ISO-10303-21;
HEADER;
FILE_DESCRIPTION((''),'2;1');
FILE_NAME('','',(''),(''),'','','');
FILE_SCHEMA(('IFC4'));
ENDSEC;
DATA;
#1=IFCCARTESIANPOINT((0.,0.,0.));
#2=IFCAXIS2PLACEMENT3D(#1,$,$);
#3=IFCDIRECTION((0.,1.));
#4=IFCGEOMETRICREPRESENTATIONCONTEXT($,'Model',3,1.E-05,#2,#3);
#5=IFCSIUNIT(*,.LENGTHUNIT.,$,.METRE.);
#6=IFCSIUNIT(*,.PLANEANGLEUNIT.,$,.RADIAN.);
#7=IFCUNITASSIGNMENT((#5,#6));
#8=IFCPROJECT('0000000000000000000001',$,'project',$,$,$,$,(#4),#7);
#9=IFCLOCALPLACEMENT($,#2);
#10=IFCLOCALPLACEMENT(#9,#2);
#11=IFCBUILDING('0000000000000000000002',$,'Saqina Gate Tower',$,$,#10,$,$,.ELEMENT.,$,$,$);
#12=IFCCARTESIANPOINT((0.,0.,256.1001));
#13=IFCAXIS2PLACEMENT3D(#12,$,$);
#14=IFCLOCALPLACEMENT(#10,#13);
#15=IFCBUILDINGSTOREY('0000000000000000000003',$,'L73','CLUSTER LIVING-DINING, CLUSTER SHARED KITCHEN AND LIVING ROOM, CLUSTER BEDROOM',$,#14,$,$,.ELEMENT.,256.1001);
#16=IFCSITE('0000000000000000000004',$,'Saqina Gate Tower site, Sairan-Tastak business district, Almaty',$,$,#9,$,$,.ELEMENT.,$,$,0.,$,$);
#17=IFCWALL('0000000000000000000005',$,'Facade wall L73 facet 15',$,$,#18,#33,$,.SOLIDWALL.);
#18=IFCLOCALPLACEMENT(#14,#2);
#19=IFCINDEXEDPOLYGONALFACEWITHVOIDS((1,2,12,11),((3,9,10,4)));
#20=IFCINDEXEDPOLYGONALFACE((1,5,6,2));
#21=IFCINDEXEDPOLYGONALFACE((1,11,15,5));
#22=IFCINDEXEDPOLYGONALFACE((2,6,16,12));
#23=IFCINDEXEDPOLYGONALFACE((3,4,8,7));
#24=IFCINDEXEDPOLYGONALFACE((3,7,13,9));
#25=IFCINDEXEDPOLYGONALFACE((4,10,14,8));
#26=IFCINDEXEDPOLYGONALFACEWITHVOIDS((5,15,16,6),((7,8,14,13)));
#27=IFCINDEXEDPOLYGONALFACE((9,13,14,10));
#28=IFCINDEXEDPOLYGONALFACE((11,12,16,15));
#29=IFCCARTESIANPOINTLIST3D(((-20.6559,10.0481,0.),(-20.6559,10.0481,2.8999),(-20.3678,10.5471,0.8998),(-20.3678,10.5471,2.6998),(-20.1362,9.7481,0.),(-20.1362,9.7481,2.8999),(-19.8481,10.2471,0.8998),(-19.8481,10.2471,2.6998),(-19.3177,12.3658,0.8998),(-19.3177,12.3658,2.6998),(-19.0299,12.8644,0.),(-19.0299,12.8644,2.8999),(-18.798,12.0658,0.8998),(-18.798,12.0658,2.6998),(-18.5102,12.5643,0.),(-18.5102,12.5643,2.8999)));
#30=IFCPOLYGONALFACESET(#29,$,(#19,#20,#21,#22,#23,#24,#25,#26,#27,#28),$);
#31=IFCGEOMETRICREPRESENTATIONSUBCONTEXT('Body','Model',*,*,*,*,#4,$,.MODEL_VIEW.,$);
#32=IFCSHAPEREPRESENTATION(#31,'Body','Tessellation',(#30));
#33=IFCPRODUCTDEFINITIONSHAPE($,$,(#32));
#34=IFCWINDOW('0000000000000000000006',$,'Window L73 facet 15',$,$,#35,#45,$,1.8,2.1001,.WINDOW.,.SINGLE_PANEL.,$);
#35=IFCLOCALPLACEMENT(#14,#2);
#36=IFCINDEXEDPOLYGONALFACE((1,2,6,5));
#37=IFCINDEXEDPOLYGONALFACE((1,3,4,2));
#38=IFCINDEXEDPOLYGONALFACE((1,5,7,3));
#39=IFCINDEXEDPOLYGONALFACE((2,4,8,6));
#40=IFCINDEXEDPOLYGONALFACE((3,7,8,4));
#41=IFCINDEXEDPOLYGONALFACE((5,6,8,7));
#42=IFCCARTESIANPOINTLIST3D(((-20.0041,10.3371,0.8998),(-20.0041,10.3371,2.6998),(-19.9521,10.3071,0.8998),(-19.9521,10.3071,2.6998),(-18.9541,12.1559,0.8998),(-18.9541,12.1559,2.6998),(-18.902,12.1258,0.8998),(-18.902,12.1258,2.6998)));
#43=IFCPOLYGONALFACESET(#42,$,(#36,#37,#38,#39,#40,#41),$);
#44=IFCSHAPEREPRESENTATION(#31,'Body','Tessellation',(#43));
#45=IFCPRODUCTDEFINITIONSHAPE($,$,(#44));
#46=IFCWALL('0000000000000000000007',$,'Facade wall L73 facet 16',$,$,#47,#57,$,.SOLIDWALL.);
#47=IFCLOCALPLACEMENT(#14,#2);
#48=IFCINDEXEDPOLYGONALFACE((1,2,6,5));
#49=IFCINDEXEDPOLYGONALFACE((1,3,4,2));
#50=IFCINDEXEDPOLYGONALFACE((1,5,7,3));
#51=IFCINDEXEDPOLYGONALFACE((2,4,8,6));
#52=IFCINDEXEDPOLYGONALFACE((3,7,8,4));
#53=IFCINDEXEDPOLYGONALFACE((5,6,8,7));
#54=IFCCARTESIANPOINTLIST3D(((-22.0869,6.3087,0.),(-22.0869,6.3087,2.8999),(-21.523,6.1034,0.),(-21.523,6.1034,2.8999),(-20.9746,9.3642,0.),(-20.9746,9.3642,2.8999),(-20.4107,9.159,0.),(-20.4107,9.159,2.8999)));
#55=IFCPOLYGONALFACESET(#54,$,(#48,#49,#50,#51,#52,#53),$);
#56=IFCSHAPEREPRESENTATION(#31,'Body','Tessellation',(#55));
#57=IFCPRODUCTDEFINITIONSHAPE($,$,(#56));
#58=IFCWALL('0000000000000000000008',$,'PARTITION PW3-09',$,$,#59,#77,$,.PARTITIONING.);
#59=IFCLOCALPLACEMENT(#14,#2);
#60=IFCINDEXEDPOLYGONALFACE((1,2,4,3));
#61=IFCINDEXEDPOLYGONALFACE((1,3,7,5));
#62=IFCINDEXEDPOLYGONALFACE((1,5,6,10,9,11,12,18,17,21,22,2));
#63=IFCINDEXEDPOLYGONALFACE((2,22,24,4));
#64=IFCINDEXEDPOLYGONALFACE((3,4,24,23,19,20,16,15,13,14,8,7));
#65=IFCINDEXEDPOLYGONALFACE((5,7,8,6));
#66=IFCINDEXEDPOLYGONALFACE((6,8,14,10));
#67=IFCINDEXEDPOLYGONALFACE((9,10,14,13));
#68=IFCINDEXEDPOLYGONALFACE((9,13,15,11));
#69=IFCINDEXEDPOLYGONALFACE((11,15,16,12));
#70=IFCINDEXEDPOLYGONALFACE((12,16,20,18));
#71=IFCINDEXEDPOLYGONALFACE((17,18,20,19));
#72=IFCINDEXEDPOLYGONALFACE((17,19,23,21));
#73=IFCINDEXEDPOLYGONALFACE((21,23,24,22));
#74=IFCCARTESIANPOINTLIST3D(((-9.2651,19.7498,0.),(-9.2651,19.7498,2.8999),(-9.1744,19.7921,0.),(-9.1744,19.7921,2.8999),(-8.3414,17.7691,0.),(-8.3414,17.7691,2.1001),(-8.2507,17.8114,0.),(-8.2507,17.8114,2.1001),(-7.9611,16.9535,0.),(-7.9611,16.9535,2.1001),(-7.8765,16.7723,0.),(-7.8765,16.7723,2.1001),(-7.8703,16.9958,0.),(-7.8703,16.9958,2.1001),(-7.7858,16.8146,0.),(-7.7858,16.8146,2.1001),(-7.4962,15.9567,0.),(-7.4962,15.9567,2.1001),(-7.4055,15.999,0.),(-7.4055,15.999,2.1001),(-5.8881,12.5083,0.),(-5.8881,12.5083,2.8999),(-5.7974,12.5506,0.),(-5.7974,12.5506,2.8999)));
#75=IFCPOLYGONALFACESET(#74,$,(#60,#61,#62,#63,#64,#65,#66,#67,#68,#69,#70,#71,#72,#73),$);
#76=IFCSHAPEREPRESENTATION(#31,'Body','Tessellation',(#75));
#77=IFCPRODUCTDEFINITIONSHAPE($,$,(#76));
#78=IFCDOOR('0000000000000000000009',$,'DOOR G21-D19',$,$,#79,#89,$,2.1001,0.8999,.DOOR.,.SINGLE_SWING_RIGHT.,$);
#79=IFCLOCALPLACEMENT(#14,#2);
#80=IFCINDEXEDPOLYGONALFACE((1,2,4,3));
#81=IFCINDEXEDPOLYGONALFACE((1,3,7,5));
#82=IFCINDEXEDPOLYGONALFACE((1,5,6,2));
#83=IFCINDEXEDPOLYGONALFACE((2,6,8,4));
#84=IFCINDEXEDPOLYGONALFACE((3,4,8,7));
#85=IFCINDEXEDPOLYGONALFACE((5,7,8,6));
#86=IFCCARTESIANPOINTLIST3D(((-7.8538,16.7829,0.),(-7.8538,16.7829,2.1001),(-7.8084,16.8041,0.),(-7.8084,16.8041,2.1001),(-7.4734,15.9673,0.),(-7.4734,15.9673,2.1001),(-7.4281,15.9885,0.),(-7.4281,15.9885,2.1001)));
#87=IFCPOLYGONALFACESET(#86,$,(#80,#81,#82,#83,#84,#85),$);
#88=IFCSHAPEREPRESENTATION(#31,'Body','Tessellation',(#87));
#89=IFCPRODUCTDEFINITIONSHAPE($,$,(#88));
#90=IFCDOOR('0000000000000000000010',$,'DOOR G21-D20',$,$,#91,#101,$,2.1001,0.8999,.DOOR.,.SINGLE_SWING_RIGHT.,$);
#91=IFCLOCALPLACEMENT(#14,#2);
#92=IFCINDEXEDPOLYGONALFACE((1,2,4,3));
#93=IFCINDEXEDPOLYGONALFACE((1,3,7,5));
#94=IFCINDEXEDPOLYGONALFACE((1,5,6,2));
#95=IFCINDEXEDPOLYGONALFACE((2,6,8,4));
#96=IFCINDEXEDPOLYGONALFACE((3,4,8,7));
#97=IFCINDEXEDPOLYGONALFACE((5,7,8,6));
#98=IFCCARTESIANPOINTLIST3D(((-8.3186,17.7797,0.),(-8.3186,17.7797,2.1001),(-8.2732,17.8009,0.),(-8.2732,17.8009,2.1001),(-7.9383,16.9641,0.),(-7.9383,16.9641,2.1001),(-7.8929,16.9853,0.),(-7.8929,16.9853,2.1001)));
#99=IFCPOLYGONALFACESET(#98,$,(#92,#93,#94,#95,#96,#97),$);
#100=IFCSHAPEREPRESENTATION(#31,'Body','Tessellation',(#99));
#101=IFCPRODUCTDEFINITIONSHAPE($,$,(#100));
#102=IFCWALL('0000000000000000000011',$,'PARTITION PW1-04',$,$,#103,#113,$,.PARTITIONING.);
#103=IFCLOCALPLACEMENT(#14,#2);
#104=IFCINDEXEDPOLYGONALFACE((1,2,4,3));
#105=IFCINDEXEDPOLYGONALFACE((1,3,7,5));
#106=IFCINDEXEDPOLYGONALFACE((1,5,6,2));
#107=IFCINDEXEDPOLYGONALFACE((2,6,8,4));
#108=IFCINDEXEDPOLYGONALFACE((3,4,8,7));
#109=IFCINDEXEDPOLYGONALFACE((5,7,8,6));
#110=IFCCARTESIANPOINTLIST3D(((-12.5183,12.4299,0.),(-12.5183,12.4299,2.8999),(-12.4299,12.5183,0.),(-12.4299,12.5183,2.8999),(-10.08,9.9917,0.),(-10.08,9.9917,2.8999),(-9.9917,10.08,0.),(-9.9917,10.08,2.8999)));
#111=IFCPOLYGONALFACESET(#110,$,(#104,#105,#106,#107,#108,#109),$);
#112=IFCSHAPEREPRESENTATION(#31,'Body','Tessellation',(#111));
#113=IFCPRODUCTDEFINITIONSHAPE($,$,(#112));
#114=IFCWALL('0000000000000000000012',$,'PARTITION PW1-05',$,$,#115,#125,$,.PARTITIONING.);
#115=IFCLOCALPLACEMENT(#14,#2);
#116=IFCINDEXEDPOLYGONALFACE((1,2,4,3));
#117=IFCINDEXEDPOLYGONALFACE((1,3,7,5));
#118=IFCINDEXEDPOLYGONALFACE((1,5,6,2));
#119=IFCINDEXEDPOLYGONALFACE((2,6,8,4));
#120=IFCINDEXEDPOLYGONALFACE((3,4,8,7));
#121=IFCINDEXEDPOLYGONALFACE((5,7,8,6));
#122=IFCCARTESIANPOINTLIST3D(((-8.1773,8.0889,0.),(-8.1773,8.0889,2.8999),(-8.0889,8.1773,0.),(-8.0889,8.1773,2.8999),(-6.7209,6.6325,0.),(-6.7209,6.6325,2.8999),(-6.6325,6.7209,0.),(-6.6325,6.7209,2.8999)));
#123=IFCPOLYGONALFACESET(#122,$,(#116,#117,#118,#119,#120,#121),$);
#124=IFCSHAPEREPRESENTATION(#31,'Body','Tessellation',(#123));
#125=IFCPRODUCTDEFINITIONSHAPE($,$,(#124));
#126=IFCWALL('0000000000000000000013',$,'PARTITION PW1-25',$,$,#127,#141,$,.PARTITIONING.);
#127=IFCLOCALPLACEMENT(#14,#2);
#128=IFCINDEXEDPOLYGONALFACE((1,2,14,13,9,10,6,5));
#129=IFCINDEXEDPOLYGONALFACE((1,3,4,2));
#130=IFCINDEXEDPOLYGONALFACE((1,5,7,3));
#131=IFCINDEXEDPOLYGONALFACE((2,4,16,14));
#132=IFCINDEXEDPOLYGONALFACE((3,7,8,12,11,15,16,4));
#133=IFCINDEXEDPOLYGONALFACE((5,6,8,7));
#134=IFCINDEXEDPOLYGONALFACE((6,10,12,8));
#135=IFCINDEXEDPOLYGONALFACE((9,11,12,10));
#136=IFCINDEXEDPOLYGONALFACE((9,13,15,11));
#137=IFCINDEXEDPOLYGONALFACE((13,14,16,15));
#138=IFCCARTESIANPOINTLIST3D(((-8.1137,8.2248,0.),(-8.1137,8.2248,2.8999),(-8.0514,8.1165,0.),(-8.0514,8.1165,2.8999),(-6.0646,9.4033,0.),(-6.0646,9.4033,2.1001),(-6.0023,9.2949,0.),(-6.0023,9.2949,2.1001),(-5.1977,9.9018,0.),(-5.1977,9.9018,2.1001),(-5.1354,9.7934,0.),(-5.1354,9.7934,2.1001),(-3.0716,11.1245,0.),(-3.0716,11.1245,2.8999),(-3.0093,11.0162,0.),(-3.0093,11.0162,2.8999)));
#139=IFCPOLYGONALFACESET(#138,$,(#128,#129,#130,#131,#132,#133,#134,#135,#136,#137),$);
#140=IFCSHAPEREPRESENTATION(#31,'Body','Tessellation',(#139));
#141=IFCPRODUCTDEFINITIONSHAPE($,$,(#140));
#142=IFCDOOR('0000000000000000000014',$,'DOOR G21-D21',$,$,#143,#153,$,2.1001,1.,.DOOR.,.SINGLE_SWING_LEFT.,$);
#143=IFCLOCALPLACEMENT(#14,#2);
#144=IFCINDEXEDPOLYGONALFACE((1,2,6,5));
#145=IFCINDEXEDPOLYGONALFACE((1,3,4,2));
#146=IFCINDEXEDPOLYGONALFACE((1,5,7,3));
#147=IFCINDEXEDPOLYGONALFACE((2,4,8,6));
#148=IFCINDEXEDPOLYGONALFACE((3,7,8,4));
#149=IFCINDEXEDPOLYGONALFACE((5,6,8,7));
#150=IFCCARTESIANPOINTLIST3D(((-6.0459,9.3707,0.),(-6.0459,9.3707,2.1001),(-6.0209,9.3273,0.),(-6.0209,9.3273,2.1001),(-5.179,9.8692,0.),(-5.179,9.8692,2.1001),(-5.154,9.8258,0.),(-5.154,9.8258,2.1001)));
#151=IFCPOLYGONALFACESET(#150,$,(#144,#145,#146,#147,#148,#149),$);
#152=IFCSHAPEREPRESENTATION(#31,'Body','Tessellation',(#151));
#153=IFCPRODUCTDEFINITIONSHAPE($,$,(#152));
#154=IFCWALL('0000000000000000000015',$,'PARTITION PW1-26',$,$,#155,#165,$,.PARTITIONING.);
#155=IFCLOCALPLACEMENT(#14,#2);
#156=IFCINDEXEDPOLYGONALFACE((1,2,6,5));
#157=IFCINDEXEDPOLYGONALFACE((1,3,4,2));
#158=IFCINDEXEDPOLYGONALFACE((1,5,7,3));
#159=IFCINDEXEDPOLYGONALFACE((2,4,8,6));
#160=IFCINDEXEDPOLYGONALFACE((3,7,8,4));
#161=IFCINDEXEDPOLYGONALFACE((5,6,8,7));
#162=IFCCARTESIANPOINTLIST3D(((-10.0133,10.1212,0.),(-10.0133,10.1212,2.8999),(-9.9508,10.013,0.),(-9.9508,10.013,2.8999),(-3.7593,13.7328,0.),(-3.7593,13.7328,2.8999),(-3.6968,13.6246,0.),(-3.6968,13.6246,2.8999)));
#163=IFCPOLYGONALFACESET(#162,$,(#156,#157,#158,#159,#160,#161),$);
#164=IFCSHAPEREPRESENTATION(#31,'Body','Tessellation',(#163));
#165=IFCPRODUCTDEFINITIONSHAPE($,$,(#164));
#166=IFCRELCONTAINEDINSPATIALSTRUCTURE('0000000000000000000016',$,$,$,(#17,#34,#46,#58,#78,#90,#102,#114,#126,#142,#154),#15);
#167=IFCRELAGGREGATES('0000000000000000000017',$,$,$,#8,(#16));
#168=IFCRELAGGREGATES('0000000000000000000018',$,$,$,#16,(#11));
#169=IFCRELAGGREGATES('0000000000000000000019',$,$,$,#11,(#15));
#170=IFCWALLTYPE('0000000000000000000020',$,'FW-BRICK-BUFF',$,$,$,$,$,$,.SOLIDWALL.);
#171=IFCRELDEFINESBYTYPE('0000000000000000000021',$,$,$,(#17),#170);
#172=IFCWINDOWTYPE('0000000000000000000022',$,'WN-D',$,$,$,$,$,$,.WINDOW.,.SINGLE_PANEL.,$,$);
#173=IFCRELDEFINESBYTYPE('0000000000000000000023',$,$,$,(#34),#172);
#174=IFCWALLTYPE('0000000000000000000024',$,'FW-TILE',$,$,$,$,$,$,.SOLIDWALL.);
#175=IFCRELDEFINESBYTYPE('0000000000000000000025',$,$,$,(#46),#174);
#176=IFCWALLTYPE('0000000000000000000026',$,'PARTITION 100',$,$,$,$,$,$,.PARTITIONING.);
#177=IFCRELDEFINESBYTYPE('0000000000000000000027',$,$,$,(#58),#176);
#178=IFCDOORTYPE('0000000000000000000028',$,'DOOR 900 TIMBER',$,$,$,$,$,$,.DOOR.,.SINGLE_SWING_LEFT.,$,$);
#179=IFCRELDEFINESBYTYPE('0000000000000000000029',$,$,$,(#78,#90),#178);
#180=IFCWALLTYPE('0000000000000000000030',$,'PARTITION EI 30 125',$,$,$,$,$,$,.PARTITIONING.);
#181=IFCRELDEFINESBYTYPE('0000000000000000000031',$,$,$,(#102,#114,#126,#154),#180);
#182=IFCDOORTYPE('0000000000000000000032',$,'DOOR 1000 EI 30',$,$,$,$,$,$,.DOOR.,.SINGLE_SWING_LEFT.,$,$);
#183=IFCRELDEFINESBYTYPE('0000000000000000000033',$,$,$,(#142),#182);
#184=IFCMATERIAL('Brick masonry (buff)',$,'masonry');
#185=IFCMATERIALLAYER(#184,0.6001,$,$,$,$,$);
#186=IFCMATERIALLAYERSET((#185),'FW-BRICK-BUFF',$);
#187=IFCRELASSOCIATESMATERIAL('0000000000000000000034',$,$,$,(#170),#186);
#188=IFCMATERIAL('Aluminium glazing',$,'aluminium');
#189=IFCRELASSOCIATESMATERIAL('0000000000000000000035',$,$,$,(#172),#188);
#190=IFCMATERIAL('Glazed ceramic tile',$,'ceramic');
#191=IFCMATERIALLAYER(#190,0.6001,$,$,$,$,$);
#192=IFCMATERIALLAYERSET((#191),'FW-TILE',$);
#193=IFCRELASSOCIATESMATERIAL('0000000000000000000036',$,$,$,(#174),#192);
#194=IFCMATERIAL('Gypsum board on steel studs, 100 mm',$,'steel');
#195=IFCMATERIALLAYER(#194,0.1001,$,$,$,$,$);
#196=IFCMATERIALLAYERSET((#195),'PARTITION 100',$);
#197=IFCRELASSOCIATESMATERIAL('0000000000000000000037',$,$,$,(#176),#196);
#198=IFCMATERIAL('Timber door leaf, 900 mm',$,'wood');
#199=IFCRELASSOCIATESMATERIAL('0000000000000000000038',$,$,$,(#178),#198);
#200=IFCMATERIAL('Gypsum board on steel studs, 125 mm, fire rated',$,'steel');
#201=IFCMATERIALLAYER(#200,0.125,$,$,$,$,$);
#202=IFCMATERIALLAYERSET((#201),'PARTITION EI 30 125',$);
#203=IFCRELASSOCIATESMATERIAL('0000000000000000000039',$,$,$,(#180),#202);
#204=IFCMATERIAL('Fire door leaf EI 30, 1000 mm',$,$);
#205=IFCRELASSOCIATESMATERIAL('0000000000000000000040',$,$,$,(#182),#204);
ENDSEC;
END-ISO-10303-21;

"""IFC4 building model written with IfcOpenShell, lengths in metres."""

from ifc_helpers import new_model, si_unit, direction, frame, frame_2d, origin, place, context, subcontext, project, spatial, rectangle, extrude, material, layer, layer_set, type_object, element, fill, save


model = new_model("IFC4")

# Units and contexts
model_context = context("Model", 3, precision=1e-05, world=origin(), true_north=direction((0.0, 1.0)))
body_context = subcontext(model_context, "Body", "Model", "MODEL_VIEW")
ifc_project = project(units=[si_unit("LENGTHUNIT", "METRE"), si_unit("PLANEANGLEUNIT", "RADIAN")], contexts=[model_context])

# Site, building, storey
site_placement = place(None, origin())
site = spatial("IfcSite", under=ifc_project, at=site_placement, Name="Saqina Gate Tower site, Sairan-Tastak business district, Almaty", CompositionType="ELEMENT", RefElevation=0.0)
building_placement = place(site_placement, origin())
building = spatial("IfcBuilding", under=site, at=building_placement, Name="Saqina Gate Tower", CompositionType="ELEMENT")
storey_placement = place(building_placement, frame((0.0, 0.0, 256.1001)))
storey = spatial("IfcBuildingStorey", under=building, at=storey_placement, Name="L73", Description="CLUSTER LIVING-DINING, CLUSTER SHARED KITCHEN AND LIVING ROOM, CLUSTER BEDROOM", CompositionType="ELEMENT", Elevation=256.1001)

# Wall, opening, window
ifc_material_1 = material(Name="Brick masonry (buff)", Category="masonry")
ifc_layer_1 = layer(ifc_material_1, 0.6001)
ifc_layer_set_1 = layer_set([ifc_layer_1], Name="FW-BRICK-BUFF")
wall_type_1 = type_object("IfcWallType", Name="FW-BRICK-BUFF", PredefinedType="SOLIDWALL", material=ifc_layer_set_1)
ifc_material_2 = material(Name="Aluminium glazing", Category="aluminium")
window_type = type_object("IfcWindowType", Name="WN-D", PartitioningType="SINGLE_PANEL", PredefinedType="WINDOW", material=ifc_material_2)
wall_1_placement = place(storey_placement, frame((-18.77, 12.7144, 0.0), z_axis=(0.0, 0.0, 1.0), x_axis=(-0.500015, -0.866017, 0.0)))
wall_1 = element("IfcWall", 1, at=wall_1_placement, inside=storey, type_object=wall_type_1, Name="Facade wall L73 facet 15", PredefinedType="SOLIDWALL", context=body_context, shape_type="SweptSolid", body=[
    extrude(rectangle(XDim=3.252, YDim=0.6001, at=frame_2d((1.626, 0.0))), origin(), (0.0, 0.0, 1.0), 2.8999),
])
opening_1_placement = place(wall_1_placement, frame((0.5757, 0.0, 0.8999)))
opening_1 = element("IfcOpeningElement", 2, at=opening_1_placement, cuts=wall_1, PredefinedType="OPENING", context=body_context, shape_type="SweptSolid", body=[
    extrude(rectangle(XDim=2.1001, YDim=1.8, at=frame_2d((1.05, 0.8999))), frame((0.0, 0.312, 0.0), z_axis=(0.0, -1.0, 0.0), x_axis=(1.0, 0.0, 0.0)), (0.0, 0.0, 1.0), 0.624),
])
window_1_placement = place(opening_1_placement, origin())
window_1 = element("IfcWindow", 3, at=window_1_placement, inside=storey, type_object=window_type, Name="Window L73 facet 15", OverallHeight=1.8, OverallWidth=2.1001, PartitioningType="SINGLE_PANEL", PredefinedType="WINDOW", context=body_context, shape_type="SweptSolid", body=[
    extrude(rectangle(XDim=2.1001, YDim=1.8, at=frame_2d((1.05, 0.8999))), frame((0.0, 0.1799, 0.0), z_axis=(0.0, -1.0, 0.0), x_axis=(1.0, 0.0, 0.0)), (0.0, 0.0, 1.0), 0.0601),
])
fill(opening_1, window_1)

# Wall
ifc_material_3 = material(Name="Glazed ceramic tile", Category="ceramic")
ifc_layer_2 = layer(ifc_material_3, 0.6001)
ifc_layer_set_2 = layer_set([ifc_layer_2], Name="FW-TILE")
wall_type_2 = type_object("IfcWallType", Name="FW-TILE", PredefinedType="SOLIDWALL", material=ifc_layer_set_2)
wall_2_placement = place(storey_placement, frame((-20.6926, 9.2617, 0.0), z_axis=(0.0, 0.0, 1.0), x_axis=(-0.342057, -0.939679, 0.0)))
element("IfcWall", 4, at=wall_2_placement, inside=storey, type_object=wall_type_2, Name="Facade wall L73 facet 16", PredefinedType="SOLIDWALL", context=body_context, shape_type="SweptSolid", body=[
    extrude(rectangle(XDim=3.2517, YDim=0.6001, at=frame_2d((1.626, 0.0))), origin(), (0.0, 0.0, 1.0), 2.8999),
])

# Wall, openings, doors
ifc_material_4 = material(Name="Gypsum board on steel studs, 100 mm", Category="steel")
ifc_layer_3 = layer(ifc_material_4, 0.1001)
ifc_layer_set_3 = layer_set([ifc_layer_3], Name="PARTITION 100")
wall_type_3 = type_object("IfcWallType", Name="PARTITION 100", PredefinedType="PARTITIONING", material=ifc_layer_set_3)
wall_3_placement = place(storey_placement, frame((-9.2197, 19.771, 0.0), z_axis=(0.0, 0.0, 1.0), x_axis=(0.42264, -0.906298, 0.0)))
wall_3 = element("IfcWall", 5, at=wall_3_placement, inside=storey, type_object=wall_type_3, Name="PARTITION PW3-09", PredefinedType="PARTITIONING", context=body_context, shape_type="SweptSolid", body=[
    extrude(rectangle(XDim=7.9902, YDim=0.1001, at=frame_2d((3.9951, 0.0))), origin(), (0.0, 0.0, 1.0), 2.8999),
])
opening_2_placement = place(wall_3_placement, frame((3.2854, 0.0, 0.0)))
opening_2 = element("IfcOpeningElement", 6, at=opening_2_placement, cuts=wall_3, PredefinedType="OPENING", context=body_context, shape_type="SweptSolid", body=[
    extrude(rectangle(XDim=0.8999, YDim=2.1001, at=frame_2d((0.45, 1.05))), frame((0.0, 0.062, 0.0), z_axis=(0.0, -1.0, 0.0), x_axis=(1.0, 0.0, 0.0)), (0.0, 0.0, 1.0), 0.124),
])
opening_3_placement = place(wall_3_placement, frame((2.1855, 0.0, 0.0)))
opening_3 = element("IfcOpeningElement", 7, at=opening_3_placement, cuts=wall_3, PredefinedType="OPENING", context=body_context, shape_type="SweptSolid", body=[
    extrude(rectangle(XDim=0.8999, YDim=2.1001, at=frame_2d((0.45, 1.05))), frame((0.0, 0.062, 0.0), z_axis=(0.0, -1.0, 0.0), x_axis=(1.0, 0.0, 0.0)), (0.0, 0.0, 1.0), 0.124),
])
ifc_material_5 = material(Name="Timber door leaf, 900 mm", Category="wood")
door_type_1 = type_object("IfcDoorType", Name="DOOR 900 TIMBER", OperationType="SINGLE_SWING_LEFT", PredefinedType="DOOR", material=ifc_material_5)
door_1_placement = place(opening_2_placement, frame((0.8999, 0.0, 0.0), z_axis=(0.0, 0.0, 1.0), x_axis=(-1.0, 0.0, 0.0)))
door_1 = element("IfcDoor", 8, at=door_1_placement, inside=storey, type_object=door_type_1, Name="DOOR G21-D19", OperationType="SINGLE_SWING_RIGHT", OverallHeight=2.1001, OverallWidth=0.8999, PredefinedType="DOOR", context=body_context, shape_type="SweptSolid", body=[
    extrude(rectangle(XDim=0.8999, YDim=2.1001, at=frame_2d((0.45, 1.05))), frame((0.0, 0.0249, 0.0), z_axis=(0.0, -1.0, 0.0), x_axis=(1.0, 0.0, 0.0)), (0.0, 0.0, 1.0), 0.05),
])
fill(opening_2, door_1)
door_2_placement = place(opening_3_placement, frame((0.8999, 0.0, 0.0), z_axis=(0.0, 0.0, 1.0), x_axis=(-1.0, 0.0, 0.0)))
door_2 = element("IfcDoor", 9, at=door_2_placement, inside=storey, type_object=door_type_1, Name="DOOR G21-D20", OperationType="SINGLE_SWING_RIGHT", OverallHeight=2.1001, OverallWidth=0.8999, PredefinedType="DOOR", context=body_context, shape_type="SweptSolid", body=[
    extrude(rectangle(XDim=0.8999, YDim=2.1001, at=frame_2d((0.45, 1.05))), frame((0.0, 0.0249, 0.0), z_axis=(0.0, -1.0, 0.0), x_axis=(1.0, 0.0, 0.0)), (0.0, 0.0, 1.0), 0.05),
])
fill(opening_3, door_2)

# Walls
ifc_material_6 = material(Name="Gypsum board on steel studs, 125 mm, fire rated", Category="steel")
ifc_layer_4 = layer(ifc_material_6, 0.125)
ifc_layer_set_4 = layer_set([ifc_layer_4], Name="PARTITION EI 30 125")
wall_type_4 = type_object("IfcWallType", Name="PARTITION EI 30 125", PredefinedType="PARTITIONING", material=ifc_layer_set_4)
wall_4_placement = place(storey_placement, frame((-12.4741, 12.4741, 0.0), z_axis=(0.0, 0.0, 1.0), x_axis=(0.707107, -0.707107, 0.0)))
element("IfcWall", 10, at=wall_4_placement, inside=storey, type_object=wall_type_4, Name="PARTITION PW1-04", PredefinedType="PARTITIONING", context=body_context, shape_type="SweptSolid", body=[
    extrude(rectangle(XDim=3.4482, YDim=0.125, at=frame_2d((1.7241, 0.0))), origin(), (0.0, 0.0, 1.0), 2.8999),
])
wall_5_placement = place(storey_placement, frame((-8.1331, 8.1331, 0.0), z_axis=(0.0, 0.0, 1.0), x_axis=(0.707107, -0.707107, 0.0)))
element("IfcWall", 11, at=wall_5_placement, inside=storey, type_object=wall_type_4, Name="PARTITION PW1-05", PredefinedType="PARTITIONING", context=body_context, shape_type="SweptSolid", body=[
    extrude(rectangle(XDim=2.0596, YDim=0.125, at=frame_2d((1.0298, 0.0))), origin(), (0.0, 0.0, 1.0), 2.8999),
])

# Wall, opening, door
wall_6_placement = place(storey_placement, frame((-8.0825, 8.1707, 0.0), z_axis=(0.0, 0.0, 1.0), x_axis=(0.866868, 0.498537, 0.0)))
wall_6 = element("IfcWall", 12, at=wall_6_placement, inside=storey, type_object=wall_type_4, Name="PARTITION PW1-25", PredefinedType="PARTITIONING", context=body_context, shape_type="SweptSolid", body=[
    extrude(rectangle(XDim=5.8164, YDim=0.125, at=frame_2d((2.9082, 0.0))), origin(), (0.0, 0.0, 1.0), 2.8999),
])
opening_4_placement = place(wall_6_placement, frame((2.3638, 0.0, 0.0)))
opening_4 = element("IfcOpeningElement", 13, at=opening_4_placement, cuts=wall_6, PredefinedType="OPENING", context=body_context, shape_type="SweptSolid", body=[
    extrude(rectangle(XDim=1.0, YDim=2.1001, at=frame_2d((0.5, 1.05))), frame((0.0, 0.0745, 0.0), z_axis=(0.0, -1.0, 0.0), x_axis=(1.0, 0.0, 0.0)), (0.0, 0.0, 1.0), 0.1489),
])
ifc_material_7 = material(Name="Fire door leaf EI 30, 1000 mm")
door_type_2 = type_object("IfcDoorType", Name="DOOR 1000 EI 30", OperationType="SINGLE_SWING_LEFT", PredefinedType="DOOR", material=ifc_material_7)
door_3_placement = place(opening_4_placement, origin())
door_3 = element("IfcDoor", 14, at=door_3_placement, inside=storey, type_object=door_type_2, Name="DOOR G21-D21", OperationType="SINGLE_SWING_LEFT", OverallHeight=2.1001, OverallWidth=1.0, PredefinedType="DOOR", context=body_context, shape_type="SweptSolid", body=[
    extrude(rectangle(XDim=1.0, YDim=2.1001, at=frame_2d((0.5, 1.05))), frame((0.0, 0.0249, 0.0), z_axis=(0.0, -1.0, 0.0), x_axis=(1.0, 0.0, 0.0)), (0.0, 0.0, 1.0), 0.05),
])
fill(opening_4, door_3)

# Wall
wall_7_placement = place(storey_placement, frame((-9.9819, 10.0671, 0.0), z_axis=(0.0, 0.0, 1.0), x_axis=(0.865973, 0.500091, 0.0)))
element("IfcWall", 15, at=wall_7_placement, inside=storey, type_object=wall_type_4, Name="PARTITION PW1-26", PredefinedType="PARTITIONING", context=body_context, shape_type="SweptSolid", body=[
    extrude(rectangle(XDim=7.2219, YDim=0.125, at=frame_2d((3.6108, 0.0))), origin(), (0.0, 0.0, 1.0), 2.8999),
])

save(model, "model.ifc")
